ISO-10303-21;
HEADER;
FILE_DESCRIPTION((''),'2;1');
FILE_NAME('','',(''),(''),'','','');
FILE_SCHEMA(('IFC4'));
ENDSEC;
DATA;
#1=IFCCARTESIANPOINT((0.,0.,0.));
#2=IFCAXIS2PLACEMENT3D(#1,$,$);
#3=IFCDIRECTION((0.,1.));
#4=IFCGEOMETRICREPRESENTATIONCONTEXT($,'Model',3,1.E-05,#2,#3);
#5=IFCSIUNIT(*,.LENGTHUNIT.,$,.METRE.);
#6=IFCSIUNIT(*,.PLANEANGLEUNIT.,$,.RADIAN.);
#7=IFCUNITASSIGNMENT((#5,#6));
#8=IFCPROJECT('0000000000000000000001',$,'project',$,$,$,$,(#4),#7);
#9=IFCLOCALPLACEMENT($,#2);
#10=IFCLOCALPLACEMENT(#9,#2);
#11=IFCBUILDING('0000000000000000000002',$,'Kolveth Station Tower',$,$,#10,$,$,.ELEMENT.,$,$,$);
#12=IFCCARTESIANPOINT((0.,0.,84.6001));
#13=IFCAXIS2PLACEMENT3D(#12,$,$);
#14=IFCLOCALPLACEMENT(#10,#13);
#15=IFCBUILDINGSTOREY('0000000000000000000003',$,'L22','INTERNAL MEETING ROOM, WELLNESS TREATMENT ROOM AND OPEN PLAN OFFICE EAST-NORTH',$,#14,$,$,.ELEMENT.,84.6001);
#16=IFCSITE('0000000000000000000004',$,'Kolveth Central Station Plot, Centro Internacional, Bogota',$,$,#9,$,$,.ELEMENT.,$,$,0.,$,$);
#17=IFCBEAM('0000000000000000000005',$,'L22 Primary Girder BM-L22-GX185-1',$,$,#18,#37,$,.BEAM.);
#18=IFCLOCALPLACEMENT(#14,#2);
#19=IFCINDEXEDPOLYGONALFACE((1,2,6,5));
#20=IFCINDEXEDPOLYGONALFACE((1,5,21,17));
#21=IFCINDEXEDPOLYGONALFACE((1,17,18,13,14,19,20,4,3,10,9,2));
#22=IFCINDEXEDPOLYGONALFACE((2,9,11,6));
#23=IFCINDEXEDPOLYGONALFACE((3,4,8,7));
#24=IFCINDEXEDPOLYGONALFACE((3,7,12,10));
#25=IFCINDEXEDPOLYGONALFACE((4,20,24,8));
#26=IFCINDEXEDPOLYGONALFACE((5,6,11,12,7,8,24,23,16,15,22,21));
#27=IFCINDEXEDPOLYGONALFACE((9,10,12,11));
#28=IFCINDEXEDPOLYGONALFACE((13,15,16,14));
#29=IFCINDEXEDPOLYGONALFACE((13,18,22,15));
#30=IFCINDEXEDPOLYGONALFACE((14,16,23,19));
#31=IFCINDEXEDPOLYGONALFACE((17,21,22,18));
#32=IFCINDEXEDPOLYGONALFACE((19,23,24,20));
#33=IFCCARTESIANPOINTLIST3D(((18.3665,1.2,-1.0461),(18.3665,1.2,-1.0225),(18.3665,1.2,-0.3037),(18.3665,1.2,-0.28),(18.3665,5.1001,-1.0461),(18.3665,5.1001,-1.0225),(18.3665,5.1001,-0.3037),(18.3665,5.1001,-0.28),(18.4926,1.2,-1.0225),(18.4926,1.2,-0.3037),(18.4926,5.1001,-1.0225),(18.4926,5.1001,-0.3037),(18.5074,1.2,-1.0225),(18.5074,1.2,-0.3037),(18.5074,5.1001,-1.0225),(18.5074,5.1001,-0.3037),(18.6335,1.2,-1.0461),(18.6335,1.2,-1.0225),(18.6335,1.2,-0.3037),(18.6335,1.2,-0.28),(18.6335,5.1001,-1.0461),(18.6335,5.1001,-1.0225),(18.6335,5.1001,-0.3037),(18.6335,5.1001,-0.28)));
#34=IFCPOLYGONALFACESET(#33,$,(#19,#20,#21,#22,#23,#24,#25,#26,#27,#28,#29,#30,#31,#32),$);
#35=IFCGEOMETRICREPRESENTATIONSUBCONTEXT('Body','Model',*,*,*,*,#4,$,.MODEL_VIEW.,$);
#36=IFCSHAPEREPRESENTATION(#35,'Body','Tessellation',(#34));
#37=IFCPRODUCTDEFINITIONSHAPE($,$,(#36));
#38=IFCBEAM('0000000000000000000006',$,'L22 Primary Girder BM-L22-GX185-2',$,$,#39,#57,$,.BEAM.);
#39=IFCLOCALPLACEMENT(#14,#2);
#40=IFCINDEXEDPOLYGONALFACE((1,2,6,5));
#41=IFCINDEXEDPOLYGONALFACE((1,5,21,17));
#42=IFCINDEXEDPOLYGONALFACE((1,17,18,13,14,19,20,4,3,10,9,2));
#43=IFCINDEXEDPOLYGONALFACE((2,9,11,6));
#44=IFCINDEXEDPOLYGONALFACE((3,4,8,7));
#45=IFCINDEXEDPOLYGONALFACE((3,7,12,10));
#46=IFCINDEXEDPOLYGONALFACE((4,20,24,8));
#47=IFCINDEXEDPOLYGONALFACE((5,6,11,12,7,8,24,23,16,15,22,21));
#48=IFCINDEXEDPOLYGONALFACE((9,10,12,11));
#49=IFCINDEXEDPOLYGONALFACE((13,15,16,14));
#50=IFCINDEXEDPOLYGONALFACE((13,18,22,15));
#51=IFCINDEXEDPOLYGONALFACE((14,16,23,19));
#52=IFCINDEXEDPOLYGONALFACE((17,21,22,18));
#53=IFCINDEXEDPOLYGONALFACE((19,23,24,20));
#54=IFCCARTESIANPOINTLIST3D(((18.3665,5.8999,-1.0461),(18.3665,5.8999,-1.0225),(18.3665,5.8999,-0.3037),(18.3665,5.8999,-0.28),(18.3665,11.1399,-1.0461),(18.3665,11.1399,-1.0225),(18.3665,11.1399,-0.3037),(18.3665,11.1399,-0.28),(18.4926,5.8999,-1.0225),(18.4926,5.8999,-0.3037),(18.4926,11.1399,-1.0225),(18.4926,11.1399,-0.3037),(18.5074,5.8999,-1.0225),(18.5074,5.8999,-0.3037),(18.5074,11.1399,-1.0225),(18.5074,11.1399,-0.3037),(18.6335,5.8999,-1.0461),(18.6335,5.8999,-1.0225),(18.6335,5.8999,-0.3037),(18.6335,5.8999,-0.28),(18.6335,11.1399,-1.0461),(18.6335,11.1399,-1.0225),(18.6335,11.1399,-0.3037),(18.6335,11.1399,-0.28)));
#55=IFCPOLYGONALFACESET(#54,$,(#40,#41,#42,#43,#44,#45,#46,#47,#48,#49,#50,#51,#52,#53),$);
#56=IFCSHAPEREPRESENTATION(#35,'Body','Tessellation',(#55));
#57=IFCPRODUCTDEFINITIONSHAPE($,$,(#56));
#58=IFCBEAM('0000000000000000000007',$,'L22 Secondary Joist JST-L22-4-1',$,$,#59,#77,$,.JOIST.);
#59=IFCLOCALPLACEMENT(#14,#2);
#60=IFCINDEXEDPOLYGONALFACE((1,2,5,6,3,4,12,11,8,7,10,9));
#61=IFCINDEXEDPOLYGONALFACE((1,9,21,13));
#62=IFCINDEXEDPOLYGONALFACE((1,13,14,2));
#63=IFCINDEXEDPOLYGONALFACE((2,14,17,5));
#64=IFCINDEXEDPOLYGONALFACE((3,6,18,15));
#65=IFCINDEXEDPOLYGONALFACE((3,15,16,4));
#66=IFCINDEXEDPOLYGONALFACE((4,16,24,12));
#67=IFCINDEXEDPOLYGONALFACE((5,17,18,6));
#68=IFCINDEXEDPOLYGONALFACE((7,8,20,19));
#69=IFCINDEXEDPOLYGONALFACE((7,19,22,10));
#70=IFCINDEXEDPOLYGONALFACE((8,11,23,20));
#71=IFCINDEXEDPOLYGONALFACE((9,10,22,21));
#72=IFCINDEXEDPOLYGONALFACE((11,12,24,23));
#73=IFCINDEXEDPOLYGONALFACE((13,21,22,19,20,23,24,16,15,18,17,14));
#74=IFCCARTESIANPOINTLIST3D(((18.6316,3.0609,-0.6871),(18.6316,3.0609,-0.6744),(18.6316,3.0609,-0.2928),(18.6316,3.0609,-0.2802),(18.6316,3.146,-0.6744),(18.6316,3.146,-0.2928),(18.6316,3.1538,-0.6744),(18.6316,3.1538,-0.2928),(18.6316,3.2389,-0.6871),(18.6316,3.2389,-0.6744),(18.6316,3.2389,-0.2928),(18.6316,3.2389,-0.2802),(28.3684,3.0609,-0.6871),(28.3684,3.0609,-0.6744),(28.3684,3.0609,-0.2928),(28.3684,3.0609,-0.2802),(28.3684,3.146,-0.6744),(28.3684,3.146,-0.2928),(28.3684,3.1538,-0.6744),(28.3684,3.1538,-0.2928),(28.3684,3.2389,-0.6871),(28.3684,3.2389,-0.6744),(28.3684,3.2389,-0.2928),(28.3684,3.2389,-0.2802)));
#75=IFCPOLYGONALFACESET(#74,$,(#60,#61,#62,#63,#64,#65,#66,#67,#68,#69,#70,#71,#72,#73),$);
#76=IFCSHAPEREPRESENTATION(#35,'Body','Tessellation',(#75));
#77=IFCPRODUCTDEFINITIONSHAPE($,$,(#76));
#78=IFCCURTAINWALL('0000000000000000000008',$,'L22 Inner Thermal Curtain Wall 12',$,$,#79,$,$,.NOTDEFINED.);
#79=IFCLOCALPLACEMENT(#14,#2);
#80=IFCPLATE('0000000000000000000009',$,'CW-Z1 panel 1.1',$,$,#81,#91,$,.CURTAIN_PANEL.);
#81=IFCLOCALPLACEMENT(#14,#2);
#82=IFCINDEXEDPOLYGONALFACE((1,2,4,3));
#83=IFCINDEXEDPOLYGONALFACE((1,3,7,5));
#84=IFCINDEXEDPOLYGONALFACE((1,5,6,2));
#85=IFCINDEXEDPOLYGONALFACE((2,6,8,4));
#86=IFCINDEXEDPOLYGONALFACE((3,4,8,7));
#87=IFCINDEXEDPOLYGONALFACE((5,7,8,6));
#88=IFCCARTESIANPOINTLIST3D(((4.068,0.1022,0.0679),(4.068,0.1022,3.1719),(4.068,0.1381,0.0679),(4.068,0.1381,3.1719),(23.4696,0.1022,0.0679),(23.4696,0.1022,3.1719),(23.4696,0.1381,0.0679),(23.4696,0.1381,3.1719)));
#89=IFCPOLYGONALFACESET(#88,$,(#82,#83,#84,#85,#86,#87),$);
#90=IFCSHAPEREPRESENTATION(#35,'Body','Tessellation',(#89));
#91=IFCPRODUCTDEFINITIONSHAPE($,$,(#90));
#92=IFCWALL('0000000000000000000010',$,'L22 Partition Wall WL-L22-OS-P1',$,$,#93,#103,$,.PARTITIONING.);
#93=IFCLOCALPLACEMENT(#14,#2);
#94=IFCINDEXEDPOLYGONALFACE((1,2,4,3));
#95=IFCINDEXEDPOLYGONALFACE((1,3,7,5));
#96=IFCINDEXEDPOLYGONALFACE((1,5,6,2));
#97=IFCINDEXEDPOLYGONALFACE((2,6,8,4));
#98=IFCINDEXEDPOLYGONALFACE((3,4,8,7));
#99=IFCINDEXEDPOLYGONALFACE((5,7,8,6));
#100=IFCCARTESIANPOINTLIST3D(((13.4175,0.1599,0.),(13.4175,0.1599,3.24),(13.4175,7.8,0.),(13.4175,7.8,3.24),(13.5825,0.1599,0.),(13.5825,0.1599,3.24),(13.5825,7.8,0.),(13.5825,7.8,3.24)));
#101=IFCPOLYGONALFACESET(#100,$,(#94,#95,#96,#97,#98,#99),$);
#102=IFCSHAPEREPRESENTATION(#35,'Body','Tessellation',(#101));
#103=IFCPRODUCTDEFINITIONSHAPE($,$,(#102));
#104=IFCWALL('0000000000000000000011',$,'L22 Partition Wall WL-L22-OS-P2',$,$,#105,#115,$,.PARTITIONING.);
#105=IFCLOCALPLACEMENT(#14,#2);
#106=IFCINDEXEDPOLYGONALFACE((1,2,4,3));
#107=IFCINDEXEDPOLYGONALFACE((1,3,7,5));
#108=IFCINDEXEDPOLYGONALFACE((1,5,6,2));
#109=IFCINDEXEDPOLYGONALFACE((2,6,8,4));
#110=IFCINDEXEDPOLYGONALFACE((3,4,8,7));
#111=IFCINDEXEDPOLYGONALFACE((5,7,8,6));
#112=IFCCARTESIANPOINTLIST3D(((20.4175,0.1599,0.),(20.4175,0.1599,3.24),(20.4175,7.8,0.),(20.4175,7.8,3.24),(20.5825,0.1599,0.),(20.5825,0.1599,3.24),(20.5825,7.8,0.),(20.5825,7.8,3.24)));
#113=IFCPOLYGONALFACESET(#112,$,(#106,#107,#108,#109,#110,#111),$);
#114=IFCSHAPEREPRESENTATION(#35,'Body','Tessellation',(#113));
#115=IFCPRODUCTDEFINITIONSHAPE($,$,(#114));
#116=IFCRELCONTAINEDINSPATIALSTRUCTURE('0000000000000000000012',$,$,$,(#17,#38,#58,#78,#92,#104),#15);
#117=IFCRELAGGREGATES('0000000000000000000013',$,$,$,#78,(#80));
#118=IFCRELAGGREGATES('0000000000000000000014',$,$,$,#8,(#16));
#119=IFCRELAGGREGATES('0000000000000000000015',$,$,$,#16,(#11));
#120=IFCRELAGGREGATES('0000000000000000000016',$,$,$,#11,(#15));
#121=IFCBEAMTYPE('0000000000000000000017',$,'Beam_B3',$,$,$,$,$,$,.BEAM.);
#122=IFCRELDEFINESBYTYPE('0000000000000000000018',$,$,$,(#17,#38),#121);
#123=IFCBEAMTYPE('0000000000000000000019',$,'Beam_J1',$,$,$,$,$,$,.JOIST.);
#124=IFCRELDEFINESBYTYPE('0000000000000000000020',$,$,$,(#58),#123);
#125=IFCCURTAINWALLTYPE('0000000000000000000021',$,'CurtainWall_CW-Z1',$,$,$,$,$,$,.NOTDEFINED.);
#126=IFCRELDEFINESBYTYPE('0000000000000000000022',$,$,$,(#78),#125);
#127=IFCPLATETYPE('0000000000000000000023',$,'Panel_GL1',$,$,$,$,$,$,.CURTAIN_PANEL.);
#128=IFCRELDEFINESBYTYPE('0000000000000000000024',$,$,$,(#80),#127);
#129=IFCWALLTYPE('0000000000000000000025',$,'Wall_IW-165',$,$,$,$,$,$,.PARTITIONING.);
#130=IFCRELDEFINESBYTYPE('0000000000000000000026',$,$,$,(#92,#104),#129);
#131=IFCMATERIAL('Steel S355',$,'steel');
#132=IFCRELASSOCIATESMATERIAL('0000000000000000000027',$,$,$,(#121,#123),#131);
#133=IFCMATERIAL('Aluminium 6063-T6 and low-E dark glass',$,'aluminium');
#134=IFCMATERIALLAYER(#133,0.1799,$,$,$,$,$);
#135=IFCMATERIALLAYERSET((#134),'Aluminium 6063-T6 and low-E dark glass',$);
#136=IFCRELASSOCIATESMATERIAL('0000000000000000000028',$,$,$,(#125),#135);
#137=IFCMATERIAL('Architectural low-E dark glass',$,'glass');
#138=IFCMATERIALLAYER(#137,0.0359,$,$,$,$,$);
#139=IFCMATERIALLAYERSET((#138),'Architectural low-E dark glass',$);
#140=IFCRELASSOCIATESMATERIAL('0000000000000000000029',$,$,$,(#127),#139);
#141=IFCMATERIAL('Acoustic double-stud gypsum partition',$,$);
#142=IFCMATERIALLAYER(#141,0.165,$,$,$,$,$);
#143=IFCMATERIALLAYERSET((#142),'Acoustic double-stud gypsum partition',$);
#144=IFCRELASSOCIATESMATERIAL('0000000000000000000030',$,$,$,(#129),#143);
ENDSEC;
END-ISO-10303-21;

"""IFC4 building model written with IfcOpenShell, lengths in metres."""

from ifc_helpers import new_model, si_unit, direction, frame, frame_2d, origin, origin_2d, place, context, subcontext, project, spatial, rectangle, i_section, extrude, source, transform, mapped, material, layer, layer_set, material_profile, profile_set, type_object, element, aggregate, save


model = new_model("IFC4")

# Units and contexts
model_context = context("Model", 3, precision=1e-05, world=origin(), true_north=direction((0.0, 1.0)))
body_context = subcontext(model_context, "Body", "Model", "MODEL_VIEW")
ifc_project = project(units=[si_unit("LENGTHUNIT", "METRE"), si_unit("PLANEANGLEUNIT", "RADIAN")], contexts=[model_context])

# Site, building, storey
site_placement = place(None, origin())
site = spatial("IfcSite", under=ifc_project, at=site_placement, Name="Kolveth Central Station Plot, Centro Internacional, Bogota", CompositionType="ELEMENT", RefElevation=0.0)
building_placement = place(site_placement, origin())
building = spatial("IfcBuilding", under=site, at=building_placement, Name="Kolveth Station Tower", CompositionType="ELEMENT")
storey_placement = place(building_placement, frame((0.0, 0.0, 84.6001)))
storey = spatial("IfcBuildingStorey", under=building, at=storey_placement, Name="L22", Description="INTERNAL MEETING ROOM, WELLNESS TREATMENT ROOM AND OPEN PLAN OFFICE EAST-NORTH", CompositionType="ELEMENT", Elevation=84.6001)

# Shared definitions
ifc_material_1 = material(Name="Steel S355", Category="steel")

# Beams
ifc_material_profile_1 = material_profile(ifc_material_1, i_section(OverallWidth=0.2671, OverallDepth=0.7661, WebThickness=0.0149, FlangeThickness=0.0237, at=origin_2d()), Name="W760x185")
ifc_profile_set_1 = profile_set([ifc_material_profile_1], Name="Steel S355")
beam_type_1 = type_object("IfcBeamType", Name="Beam_B3", PredefinedType="BEAM", material=ifc_profile_set_1)
shared_shape_1 = source(origin(), body_context, "Body", "SweptSolid", [
    extrude(i_section(OverallWidth=0.2671, OverallDepth=0.7661, WebThickness=0.0149, FlangeThickness=0.0237, at=origin_2d()), origin(), (0.0, 0.0, 1.0), 3.9001),
])
beam_1_placement = place(storey_placement, frame((18.5, 1.2, -0.6631), z_axis=(0.0, 1.0, 0.0), x_axis=(-1.0, 0.0, 0.0)))
element("IfcBeam", 1, at=beam_1_placement, inside=storey, type_object=beam_type_1, Name="L22 Primary Girder BM-L22-GX185-1", PredefinedType="BEAM", context=body_context, shape_type="MappedRepresentation", body=[
    mapped(shared_shape_1, transform((0.0, 0.0, 0.0), x_axis=(1.0, 0.0, 0.0), y_axis=(0.0, 1.0, 0.0), z_axis=(0.0, 0.0, 1.0), scale=1.0)),
])
shared_shape_2 = source(origin(), body_context, "Body", "SweptSolid", [
    extrude(i_section(OverallWidth=0.2671, OverallDepth=0.7661, WebThickness=0.0149, FlangeThickness=0.0237, at=origin_2d()), origin(), (0.0, 0.0, 1.0), 5.24),
])
beam_2_placement = place(storey_placement, frame((18.5, 5.8999, -0.6631), z_axis=(0.0, 1.0, 0.0), x_axis=(-1.0, 0.0, 0.0)))
element("IfcBeam", 2, at=beam_2_placement, inside=storey, type_object=beam_type_1, Name="L22 Primary Girder BM-L22-GX185-2", PredefinedType="BEAM", context=body_context, shape_type="MappedRepresentation", body=[
    mapped(shared_shape_2, transform((0.0, 0.0, 0.0), x_axis=(1.0, 0.0, 0.0), y_axis=(0.0, 1.0, 0.0), z_axis=(0.0, 0.0, 1.0), scale=1.0)),
])
ifc_material_profile_2 = material_profile(ifc_material_1, i_section(OverallWidth=0.178, OverallDepth=0.407, WebThickness=0.0078, FlangeThickness=0.0127, at=origin_2d()), Name="W410x60")
ifc_profile_set_2 = profile_set([ifc_material_profile_2], Name="Steel S355")
beam_type_2 = type_object("IfcBeamType", Name="Beam_J1", PredefinedType="JOIST", material=ifc_profile_set_2)
shared_shape_3 = source(origin(), body_context, "Body", "SweptSolid", [
    extrude(i_section(OverallWidth=0.178, OverallDepth=0.407, WebThickness=0.0078, FlangeThickness=0.0127, at=origin_2d()), origin(), (0.0, 0.0, 1.0), 9.7368),
])
beam_3_placement = place(storey_placement, frame((18.6316, 3.1499, -0.4836), z_axis=(1.0, 0.0, 0.0), x_axis=(0.0, 1.0, 0.0)))
element("IfcBeam", 3, at=beam_3_placement, inside=storey, type_object=beam_type_2, Name="L22 Secondary Joist JST-L22-4-1", PredefinedType="JOIST", context=body_context, shape_type="MappedRepresentation", body=[
    mapped(shared_shape_3, transform((0.0, 0.0, 0.0), x_axis=(1.0, 0.0, 0.0), y_axis=(0.0, 1.0, 0.0), z_axis=(0.0, 0.0, 1.0), scale=1.0)),
])

# Curtain wall, plate
ifc_material_2 = material(Name="Aluminium 6063-T6 and low-E dark glass", Category="aluminium")
ifc_layer_1 = layer(ifc_material_2, 0.1799)
ifc_layer_set_1 = layer_set([ifc_layer_1], Name="Aluminium 6063-T6 and low-E dark glass")
curtain_wall_type = type_object("IfcCurtainWallType", Name="CurtainWall_CW-Z1", PredefinedType="NOTDEFINED", material=ifc_layer_set_1)
curtain_wall_placement = place(storey_placement, origin())
curtain_wall = element("IfcCurtainWall", 4, at=curtain_wall_placement, inside=storey, type_object=curtain_wall_type, Name="L22 Inner Thermal Curtain Wall 12", PredefinedType="NOTDEFINED")
ifc_material_3 = material(Name="Architectural low-E dark glass", Category="glass")
ifc_layer_2 = layer(ifc_material_3, 0.0359)
ifc_layer_set_2 = layer_set([ifc_layer_2], Name="Architectural low-E dark glass")
plate_type = type_object("IfcPlateType", Name="Panel_GL1", PredefinedType="CURTAIN_PANEL", material=ifc_layer_set_2)
shared_shape_4 = source(origin(), body_context, "Body", "SweptSolid", [
    extrude(rectangle(XDim=19.4016, YDim=0.0359, at=origin_2d()), origin(), (0.0, 0.0, 1.0), 3.104),
])
plate_placement = place(storey_placement, frame((13.7688, 0.1201, 0.0679), z_axis=(0.0, 0.0, 1.0), x_axis=(1.0, 0.0, 0.0)))
plate = element("IfcPlate", 5, at=plate_placement, type_object=plate_type, Name="CW-Z1 panel 1.1", PredefinedType="CURTAIN_PANEL", context=body_context, shape_type="MappedRepresentation", body=[
    mapped(shared_shape_4, transform((0.0, 0.0, 0.0), x_axis=(1.0, 0.0, 0.0), y_axis=(0.0, 1.0, 0.0), z_axis=(0.0, 0.0, 1.0), scale=1.0)),
])
aggregate(curtain_wall, [plate])

# Walls
ifc_material_4 = material(Name="Acoustic double-stud gypsum partition")
ifc_layer_3 = layer(ifc_material_4, 0.165)
ifc_layer_set_3 = layer_set([ifc_layer_3], Name="Acoustic double-stud gypsum partition")
wall_type = type_object("IfcWallType", Name="Wall_IW-165", PredefinedType="PARTITIONING", material=ifc_layer_set_3)
for number, where, z_axis, x_axis, name in (
    (6, (13.5, 0.1599, 0.0), (0.0, 0.0, 1.0), (0.0, 1.0, 0.0), "L22 Partition Wall WL-L22-OS-P1"),
    (7, (20.5, 0.1599, 0.0), (0.0, 0.0, 1.0), (0.0, 1.0, 0.0), "L22 Partition Wall WL-L22-OS-P2"),
):
    element("IfcWall", number, at=place(storey_placement, frame(where, z_axis=z_axis, x_axis=x_axis)), inside=storey, type_object=wall_type, Name=name, PredefinedType="PARTITIONING", context=body_context, shape_type="SweptSolid", body=[
        extrude(rectangle(XDim=7.6401, YDim=0.165, at=frame_2d((3.8201, 0.0))), origin(), (0.0, 0.0, 1.0), 3.24),
    ])

save(model, "model.ifc")
